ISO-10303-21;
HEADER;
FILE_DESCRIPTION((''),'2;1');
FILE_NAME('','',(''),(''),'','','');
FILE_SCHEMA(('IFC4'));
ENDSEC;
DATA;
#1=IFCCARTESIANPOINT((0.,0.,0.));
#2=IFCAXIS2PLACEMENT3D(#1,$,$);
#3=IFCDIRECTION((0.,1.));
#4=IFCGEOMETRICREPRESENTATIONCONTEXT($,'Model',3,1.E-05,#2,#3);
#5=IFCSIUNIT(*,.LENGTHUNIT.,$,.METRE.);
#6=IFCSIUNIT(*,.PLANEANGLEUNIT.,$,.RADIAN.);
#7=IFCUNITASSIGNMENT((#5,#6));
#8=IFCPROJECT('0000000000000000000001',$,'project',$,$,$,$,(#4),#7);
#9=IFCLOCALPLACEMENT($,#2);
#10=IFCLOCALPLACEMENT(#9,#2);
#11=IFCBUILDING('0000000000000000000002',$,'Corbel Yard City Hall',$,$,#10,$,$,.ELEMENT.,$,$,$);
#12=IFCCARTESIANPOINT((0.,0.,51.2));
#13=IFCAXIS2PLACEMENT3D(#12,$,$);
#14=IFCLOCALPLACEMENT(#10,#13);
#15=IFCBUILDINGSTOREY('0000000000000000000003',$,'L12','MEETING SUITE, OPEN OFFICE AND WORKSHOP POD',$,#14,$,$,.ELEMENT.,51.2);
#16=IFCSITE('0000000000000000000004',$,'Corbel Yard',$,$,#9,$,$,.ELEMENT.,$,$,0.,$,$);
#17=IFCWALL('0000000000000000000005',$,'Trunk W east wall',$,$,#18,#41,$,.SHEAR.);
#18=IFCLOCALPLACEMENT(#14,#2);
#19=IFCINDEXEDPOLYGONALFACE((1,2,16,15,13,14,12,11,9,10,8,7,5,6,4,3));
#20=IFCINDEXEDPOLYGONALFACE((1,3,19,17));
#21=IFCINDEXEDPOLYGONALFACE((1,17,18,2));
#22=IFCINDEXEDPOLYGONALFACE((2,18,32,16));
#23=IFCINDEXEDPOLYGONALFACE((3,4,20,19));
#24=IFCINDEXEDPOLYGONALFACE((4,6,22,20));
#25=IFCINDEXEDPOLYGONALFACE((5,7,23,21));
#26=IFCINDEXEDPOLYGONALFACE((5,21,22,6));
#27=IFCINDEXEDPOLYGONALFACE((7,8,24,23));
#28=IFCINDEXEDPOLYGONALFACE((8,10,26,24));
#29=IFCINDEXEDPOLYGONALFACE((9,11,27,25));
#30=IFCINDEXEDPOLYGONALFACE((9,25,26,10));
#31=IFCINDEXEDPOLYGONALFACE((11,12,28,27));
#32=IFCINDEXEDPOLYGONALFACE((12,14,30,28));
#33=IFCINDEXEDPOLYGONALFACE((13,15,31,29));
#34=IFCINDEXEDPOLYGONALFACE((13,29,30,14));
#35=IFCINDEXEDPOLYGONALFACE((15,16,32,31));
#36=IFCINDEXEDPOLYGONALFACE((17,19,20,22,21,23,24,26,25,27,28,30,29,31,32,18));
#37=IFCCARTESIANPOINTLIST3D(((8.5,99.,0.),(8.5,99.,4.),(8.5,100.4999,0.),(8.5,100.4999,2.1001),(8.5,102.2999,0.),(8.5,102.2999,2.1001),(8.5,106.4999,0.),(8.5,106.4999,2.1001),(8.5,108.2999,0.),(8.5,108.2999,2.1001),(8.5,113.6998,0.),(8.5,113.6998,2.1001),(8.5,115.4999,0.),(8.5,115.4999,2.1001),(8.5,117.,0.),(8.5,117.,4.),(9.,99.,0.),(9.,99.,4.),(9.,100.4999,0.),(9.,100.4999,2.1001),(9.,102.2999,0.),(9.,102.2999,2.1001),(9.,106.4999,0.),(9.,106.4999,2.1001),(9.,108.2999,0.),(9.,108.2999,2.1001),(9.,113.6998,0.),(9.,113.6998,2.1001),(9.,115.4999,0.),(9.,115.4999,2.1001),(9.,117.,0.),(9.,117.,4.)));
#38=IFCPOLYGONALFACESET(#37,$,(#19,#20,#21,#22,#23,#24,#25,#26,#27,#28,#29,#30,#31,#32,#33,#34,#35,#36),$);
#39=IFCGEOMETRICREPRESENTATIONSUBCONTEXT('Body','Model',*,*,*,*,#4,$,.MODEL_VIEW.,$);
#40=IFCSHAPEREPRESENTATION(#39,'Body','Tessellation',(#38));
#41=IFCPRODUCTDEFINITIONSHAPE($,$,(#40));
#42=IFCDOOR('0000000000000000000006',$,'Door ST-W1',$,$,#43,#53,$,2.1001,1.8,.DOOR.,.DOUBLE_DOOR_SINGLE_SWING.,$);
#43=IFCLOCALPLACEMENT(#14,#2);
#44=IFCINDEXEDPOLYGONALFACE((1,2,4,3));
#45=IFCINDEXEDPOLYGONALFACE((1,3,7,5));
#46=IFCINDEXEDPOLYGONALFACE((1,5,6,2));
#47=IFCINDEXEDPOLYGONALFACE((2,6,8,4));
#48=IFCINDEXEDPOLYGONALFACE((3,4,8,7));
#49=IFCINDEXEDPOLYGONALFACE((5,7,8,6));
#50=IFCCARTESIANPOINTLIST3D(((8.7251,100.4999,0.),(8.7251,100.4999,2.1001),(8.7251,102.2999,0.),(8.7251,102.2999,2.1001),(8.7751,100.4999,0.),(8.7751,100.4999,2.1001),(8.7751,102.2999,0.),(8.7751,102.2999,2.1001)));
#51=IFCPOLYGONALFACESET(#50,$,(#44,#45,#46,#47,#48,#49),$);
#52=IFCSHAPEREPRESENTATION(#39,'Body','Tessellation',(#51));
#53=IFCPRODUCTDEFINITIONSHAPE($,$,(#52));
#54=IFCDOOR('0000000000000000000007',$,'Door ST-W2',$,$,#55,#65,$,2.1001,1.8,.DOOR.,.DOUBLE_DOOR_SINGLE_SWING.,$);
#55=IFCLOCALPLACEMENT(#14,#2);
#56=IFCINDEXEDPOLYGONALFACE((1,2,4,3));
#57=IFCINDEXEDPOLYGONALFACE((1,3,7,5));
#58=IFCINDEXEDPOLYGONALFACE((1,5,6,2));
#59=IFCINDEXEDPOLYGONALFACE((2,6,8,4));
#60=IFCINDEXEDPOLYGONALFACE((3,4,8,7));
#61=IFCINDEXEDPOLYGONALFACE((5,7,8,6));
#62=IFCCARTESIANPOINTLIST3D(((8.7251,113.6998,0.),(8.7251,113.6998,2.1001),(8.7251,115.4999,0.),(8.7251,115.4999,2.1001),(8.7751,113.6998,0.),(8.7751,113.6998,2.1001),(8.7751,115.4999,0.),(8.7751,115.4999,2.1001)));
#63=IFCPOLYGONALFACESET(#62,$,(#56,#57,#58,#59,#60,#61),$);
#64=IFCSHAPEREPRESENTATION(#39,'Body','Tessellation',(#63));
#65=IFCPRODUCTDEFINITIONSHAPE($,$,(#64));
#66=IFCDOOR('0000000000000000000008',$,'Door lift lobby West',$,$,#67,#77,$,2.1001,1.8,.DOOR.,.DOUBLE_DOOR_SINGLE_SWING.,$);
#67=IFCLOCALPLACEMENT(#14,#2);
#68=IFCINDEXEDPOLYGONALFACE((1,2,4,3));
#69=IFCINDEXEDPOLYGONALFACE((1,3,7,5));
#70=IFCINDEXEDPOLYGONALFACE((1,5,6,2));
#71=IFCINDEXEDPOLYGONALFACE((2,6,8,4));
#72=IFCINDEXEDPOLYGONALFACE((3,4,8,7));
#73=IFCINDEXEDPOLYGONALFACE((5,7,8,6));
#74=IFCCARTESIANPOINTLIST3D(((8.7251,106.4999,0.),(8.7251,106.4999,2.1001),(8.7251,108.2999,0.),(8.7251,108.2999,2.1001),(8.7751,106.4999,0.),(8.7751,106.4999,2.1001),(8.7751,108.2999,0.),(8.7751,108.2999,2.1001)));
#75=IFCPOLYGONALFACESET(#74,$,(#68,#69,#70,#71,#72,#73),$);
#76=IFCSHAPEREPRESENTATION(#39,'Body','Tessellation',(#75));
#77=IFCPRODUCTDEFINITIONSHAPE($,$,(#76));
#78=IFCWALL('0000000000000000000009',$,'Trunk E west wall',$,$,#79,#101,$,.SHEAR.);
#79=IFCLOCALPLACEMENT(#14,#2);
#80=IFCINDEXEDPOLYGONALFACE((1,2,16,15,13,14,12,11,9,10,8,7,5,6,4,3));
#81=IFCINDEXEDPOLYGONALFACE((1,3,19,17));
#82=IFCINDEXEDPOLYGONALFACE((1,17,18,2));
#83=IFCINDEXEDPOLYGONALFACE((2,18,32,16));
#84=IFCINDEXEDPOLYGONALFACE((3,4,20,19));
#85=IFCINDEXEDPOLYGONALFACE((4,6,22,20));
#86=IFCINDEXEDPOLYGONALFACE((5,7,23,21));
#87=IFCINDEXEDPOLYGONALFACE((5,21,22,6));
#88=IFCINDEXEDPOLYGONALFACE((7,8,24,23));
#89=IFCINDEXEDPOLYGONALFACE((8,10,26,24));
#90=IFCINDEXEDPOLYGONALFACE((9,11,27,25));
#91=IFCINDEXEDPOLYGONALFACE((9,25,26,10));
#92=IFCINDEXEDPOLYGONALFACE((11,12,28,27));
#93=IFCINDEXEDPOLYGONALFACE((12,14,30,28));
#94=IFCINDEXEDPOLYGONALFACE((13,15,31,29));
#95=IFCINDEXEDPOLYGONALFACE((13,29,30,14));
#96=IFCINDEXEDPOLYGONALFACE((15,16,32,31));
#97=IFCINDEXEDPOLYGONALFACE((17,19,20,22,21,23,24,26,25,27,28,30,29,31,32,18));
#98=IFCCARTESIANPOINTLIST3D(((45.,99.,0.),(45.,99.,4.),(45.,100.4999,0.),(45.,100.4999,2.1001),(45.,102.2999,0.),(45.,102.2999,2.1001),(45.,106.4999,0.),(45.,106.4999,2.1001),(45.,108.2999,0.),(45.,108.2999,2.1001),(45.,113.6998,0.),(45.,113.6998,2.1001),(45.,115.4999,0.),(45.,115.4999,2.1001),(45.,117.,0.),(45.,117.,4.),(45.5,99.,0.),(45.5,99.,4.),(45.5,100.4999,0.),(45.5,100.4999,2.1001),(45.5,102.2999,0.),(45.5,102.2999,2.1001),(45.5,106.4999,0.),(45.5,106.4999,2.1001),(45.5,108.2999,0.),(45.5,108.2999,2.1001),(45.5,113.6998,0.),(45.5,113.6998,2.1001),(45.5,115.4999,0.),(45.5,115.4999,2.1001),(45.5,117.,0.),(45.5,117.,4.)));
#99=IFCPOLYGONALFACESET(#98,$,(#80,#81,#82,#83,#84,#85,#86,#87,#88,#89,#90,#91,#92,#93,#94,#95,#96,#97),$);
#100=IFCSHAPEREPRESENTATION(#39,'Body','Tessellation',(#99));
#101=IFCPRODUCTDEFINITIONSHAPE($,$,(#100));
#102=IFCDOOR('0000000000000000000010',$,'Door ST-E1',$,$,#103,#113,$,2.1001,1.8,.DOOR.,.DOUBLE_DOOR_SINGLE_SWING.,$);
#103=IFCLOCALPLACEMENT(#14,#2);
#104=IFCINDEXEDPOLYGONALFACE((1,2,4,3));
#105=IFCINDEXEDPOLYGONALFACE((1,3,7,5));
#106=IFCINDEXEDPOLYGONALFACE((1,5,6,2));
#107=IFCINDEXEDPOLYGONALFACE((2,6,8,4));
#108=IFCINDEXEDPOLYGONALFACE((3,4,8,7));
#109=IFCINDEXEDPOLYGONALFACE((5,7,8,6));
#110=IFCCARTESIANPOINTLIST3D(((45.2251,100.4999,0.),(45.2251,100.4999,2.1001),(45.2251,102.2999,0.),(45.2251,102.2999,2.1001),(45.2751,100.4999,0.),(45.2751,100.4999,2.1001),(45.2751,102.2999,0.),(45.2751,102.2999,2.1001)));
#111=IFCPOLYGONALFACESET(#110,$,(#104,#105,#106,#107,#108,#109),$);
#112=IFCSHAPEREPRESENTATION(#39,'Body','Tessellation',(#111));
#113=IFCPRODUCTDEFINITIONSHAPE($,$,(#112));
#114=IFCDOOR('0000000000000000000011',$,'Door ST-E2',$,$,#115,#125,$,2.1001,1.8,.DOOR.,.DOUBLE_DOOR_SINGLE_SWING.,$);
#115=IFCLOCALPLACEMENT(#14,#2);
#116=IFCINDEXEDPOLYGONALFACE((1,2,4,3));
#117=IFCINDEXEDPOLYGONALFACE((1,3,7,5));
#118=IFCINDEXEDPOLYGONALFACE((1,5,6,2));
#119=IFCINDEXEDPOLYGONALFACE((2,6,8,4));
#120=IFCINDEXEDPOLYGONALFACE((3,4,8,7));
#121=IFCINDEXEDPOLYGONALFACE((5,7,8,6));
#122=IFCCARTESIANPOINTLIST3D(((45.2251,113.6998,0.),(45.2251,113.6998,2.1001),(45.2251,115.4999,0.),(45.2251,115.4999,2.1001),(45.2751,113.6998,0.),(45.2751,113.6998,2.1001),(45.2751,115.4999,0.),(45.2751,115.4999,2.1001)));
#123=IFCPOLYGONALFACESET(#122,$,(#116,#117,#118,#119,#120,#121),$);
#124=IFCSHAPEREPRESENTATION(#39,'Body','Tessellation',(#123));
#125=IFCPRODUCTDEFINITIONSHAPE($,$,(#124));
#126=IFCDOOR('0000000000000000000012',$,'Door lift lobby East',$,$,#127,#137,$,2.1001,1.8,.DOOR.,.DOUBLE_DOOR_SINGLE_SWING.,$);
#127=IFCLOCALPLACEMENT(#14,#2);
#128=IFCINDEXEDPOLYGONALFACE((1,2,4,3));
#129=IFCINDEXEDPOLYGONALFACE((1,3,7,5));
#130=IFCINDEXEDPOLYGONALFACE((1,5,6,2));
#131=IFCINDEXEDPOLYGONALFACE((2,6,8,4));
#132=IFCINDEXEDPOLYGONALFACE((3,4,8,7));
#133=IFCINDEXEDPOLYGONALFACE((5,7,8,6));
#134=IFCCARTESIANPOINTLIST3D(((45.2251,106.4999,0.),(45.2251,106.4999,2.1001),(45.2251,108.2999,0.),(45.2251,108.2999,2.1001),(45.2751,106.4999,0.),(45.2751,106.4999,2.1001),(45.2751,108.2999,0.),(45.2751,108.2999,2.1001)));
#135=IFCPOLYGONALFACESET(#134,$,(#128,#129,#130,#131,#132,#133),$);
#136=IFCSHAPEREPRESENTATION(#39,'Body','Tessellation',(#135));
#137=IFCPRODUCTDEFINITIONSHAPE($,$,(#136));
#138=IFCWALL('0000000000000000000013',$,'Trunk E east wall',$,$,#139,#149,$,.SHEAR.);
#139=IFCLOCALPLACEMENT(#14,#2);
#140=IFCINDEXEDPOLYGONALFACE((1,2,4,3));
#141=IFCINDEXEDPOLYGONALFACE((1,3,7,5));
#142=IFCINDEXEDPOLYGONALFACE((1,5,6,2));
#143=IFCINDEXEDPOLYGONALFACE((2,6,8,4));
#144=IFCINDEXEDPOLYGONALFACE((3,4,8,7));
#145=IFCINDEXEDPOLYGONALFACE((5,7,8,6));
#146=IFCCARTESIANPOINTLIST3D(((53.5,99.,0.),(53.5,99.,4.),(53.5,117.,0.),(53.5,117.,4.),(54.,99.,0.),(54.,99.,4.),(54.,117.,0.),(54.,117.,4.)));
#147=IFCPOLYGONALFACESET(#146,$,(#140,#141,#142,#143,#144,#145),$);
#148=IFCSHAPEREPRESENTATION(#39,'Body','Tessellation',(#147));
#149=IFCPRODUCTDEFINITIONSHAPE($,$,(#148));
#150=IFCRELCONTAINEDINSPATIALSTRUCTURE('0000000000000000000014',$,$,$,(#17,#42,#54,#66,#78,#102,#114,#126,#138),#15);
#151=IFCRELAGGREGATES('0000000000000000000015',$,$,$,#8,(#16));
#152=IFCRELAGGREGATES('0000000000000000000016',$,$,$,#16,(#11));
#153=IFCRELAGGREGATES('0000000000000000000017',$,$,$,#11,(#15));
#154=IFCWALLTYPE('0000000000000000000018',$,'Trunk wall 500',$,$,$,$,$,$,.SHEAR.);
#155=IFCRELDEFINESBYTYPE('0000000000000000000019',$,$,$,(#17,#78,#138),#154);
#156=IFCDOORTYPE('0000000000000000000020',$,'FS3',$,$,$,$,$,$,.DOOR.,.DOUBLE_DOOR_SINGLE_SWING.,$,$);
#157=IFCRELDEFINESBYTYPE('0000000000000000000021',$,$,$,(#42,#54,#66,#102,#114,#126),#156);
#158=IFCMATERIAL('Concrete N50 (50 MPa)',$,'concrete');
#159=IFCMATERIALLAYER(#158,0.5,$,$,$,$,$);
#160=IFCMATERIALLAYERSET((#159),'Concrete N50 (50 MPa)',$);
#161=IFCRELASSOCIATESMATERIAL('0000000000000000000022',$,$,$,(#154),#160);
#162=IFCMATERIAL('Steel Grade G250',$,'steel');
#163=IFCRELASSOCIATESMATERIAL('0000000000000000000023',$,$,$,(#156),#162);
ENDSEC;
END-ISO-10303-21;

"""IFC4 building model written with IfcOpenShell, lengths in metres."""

from ifc_helpers import new_model, si_unit, direction, frame, frame_2d, origin, place, context, subcontext, project, spatial, rectangle, extrude, material, layer, layer_set, type_object, element, fill, save


model = new_model("IFC4")

# Units and contexts
model_context = context("Model", 3, precision=1e-05, world=origin(), true_north=direction((0.0, 1.0)))
body_context = subcontext(model_context, "Body", "Model", "MODEL_VIEW")
ifc_project = project(units=[si_unit("LENGTHUNIT", "METRE"), si_unit("PLANEANGLEUNIT", "RADIAN")], contexts=[model_context])

# Site, building, storey
site_placement = place(None, origin())
site = spatial("IfcSite", under=ifc_project, at=site_placement, Name="Corbel Yard", CompositionType="ELEMENT", RefElevation=0.0)
building_placement = place(site_placement, origin())
building = spatial("IfcBuilding", under=site, at=building_placement, Name="Corbel Yard City Hall", CompositionType="ELEMENT")
storey_placement = place(building_placement, frame((0.0, 0.0, 51.2)))
storey = spatial("IfcBuildingStorey", under=building, at=storey_placement, Name="L12", Description="MEETING SUITE, OPEN OFFICE AND WORKSHOP POD", CompositionType="ELEMENT", Elevation=51.2)

# Shared definitions
ifc_material_1 = material(Name="Concrete N50 (50 MPa)", Category="concrete")
ifc_layer_1 = layer(ifc_material_1, 0.5)
ifc_layer_set_1 = layer_set([ifc_layer_1], Name="Concrete N50 (50 MPa)")
wall_type_1 = type_object("IfcWallType", Name="Trunk wall 500", PredefinedType="SHEAR", material=ifc_layer_set_1)

# Walls, openings, doors
wall_1_placement = place(storey_placement, frame((8.75, 99.0, 0.0), z_axis=(0.0, 0.0, 1.0), x_axis=(0.0, 1.0, 0.0)))
wall_1 = element("IfcWall", 1, at=wall_1_placement, inside=storey, type_object=wall_type_1, Name="Trunk W east wall", PredefinedType="SHEAR", context=body_context, shape_type="SweptSolid", body=[
    extrude(rectangle(XDim=18.0, YDim=0.5, at=frame_2d((9.0, 0.0))), origin(), (0.0, 0.0, 1.0), 4.0),
])
opening_1_placement = place(wall_1_placement, frame((1.5, 0.0, 0.0)))
opening_1 = element("IfcOpeningElement", 2, at=opening_1_placement, cuts=wall_1, PredefinedType="OPENING", context=body_context, shape_type="SweptSolid", body=[
    extrude(rectangle(XDim=1.8, YDim=2.1001, at=frame_2d((0.8999, 1.05))), frame((0.0, 0.26, 0.0), z_axis=(0.0, -1.0, 0.0), x_axis=(1.0, 0.0, 0.0)), (0.0, 0.0, 1.0), 0.52),
])
opening_2_placement = place(wall_1_placement, frame((14.7, 0.0, 0.0)))
opening_2 = element("IfcOpeningElement", 3, at=opening_2_placement, cuts=wall_1, PredefinedType="OPENING", context=body_context, shape_type="SweptSolid", body=[
    extrude(rectangle(XDim=1.8, YDim=2.1001, at=frame_2d((0.8999, 1.05))), frame((0.0, 0.26, 0.0), z_axis=(0.0, -1.0, 0.0), x_axis=(1.0, 0.0, 0.0)), (0.0, 0.0, 1.0), 0.52),
])
opening_3_placement = place(wall_1_placement, frame((7.5, 0.0, 0.0)))
opening_3 = element("IfcOpeningElement", 4, at=opening_3_placement, cuts=wall_1, PredefinedType="OPENING", context=body_context, shape_type="SweptSolid", body=[
    extrude(rectangle(XDim=1.8, YDim=2.1001, at=frame_2d((0.8999, 1.05))), frame((0.0, 0.26, 0.0), z_axis=(0.0, -1.0, 0.0), x_axis=(1.0, 0.0, 0.0)), (0.0, 0.0, 1.0), 0.52),
])
ifc_material_2 = material(Name="Steel Grade G250", Category="steel")
door_type_1 = type_object("IfcDoorType", Name="FS3", OperationType="DOUBLE_DOOR_SINGLE_SWING", PredefinedType="DOOR", material=ifc_material_2)
door_1_placement = place(opening_1_placement, origin())
door_1 = element("IfcDoor", 5, at=door_1_placement, inside=storey, type_object=door_type_1, Name="Door ST-W1", OperationType="DOUBLE_DOOR_SINGLE_SWING", OverallHeight=2.1001, OverallWidth=1.8, PredefinedType="DOOR", context=body_context, shape_type="SweptSolid", body=[
    extrude(rectangle(XDim=1.8, YDim=2.1001, at=frame_2d((0.8999, 1.05))), frame((0.0, 0.0249, 0.0), z_axis=(0.0, -1.0, 0.0), x_axis=(1.0, 0.0, 0.0)), (0.0, 0.0, 1.0), 0.05),
])
fill(opening_1, door_1)
door_2_placement = place(opening_2_placement, origin())
door_2 = element("IfcDoor", 6, at=door_2_placement, inside=storey, type_object=door_type_1, Name="Door ST-W2", OperationType="DOUBLE_DOOR_SINGLE_SWING", OverallHeight=2.1001, OverallWidth=1.8, PredefinedType="DOOR", context=body_context, shape_type="SweptSolid", body=[
    extrude(rectangle(XDim=1.8, YDim=2.1001, at=frame_2d((0.8999, 1.05))), frame((0.0, 0.0249, 0.0), z_axis=(0.0, -1.0, 0.0), x_axis=(1.0, 0.0, 0.0)), (0.0, 0.0, 1.0), 0.05),
])
fill(opening_2, door_2)
door_3_placement = place(opening_3_placement, origin())
door_3 = element("IfcDoor", 7, at=door_3_placement, inside=storey, type_object=door_type_1, Name="Door lift lobby West", OperationType="DOUBLE_DOOR_SINGLE_SWING", OverallHeight=2.1001, OverallWidth=1.8, PredefinedType="DOOR", context=body_context, shape_type="SweptSolid", body=[
    extrude(rectangle(XDim=1.8, YDim=2.1001, at=frame_2d((0.8999, 1.05))), frame((0.0, 0.0249, 0.0), z_axis=(0.0, -1.0, 0.0), x_axis=(1.0, 0.0, 0.0)), (0.0, 0.0, 1.0), 0.05),
])
fill(opening_3, door_3)
wall_2_placement = place(storey_placement, frame((45.25, 99.0, 0.0), z_axis=(0.0, 0.0, 1.0), x_axis=(0.0, 1.0, 0.0)))
wall_2 = element("IfcWall", 8, at=wall_2_placement, inside=storey, type_object=wall_type_1, Name="Trunk E west wall", PredefinedType="SHEAR", context=body_context, shape_type="SweptSolid", body=[
    extrude(rectangle(XDim=18.0, YDim=0.5, at=frame_2d((9.0, 0.0))), origin(), (0.0, 0.0, 1.0), 4.0),
])
opening_4_placement = place(wall_2_placement, frame((1.5, 0.0, 0.0)))
opening_4 = element("IfcOpeningElement", 9, at=opening_4_placement, cuts=wall_2, PredefinedType="OPENING", context=body_context, shape_type="SweptSolid", body=[
    extrude(rectangle(XDim=1.8, YDim=2.1001, at=frame_2d((0.8999, 1.05))), frame((0.0, 0.26, 0.0), z_axis=(0.0, -1.0, 0.0), x_axis=(1.0, 0.0, 0.0)), (0.0, 0.0, 1.0), 0.52),
])
opening_5_placement = place(wall_2_placement, frame((14.7, 0.0, 0.0)))
opening_5 = element("IfcOpeningElement", 10, at=opening_5_placement, cuts=wall_2, PredefinedType="OPENING", context=body_context, shape_type="SweptSolid", body=[
    extrude(rectangle(XDim=1.8, YDim=2.1001, at=frame_2d((0.8999, 1.05))), frame((0.0, 0.26, 0.0), z_axis=(0.0, -1.0, 0.0), x_axis=(1.0, 0.0, 0.0)), (0.0, 0.0, 1.0), 0.52),
])
opening_6_placement = place(wall_2_placement, frame((7.5, 0.0, 0.0)))
opening_6 = element("IfcOpeningElement", 11, at=opening_6_placement, cuts=wall_2, PredefinedType="OPENING", context=body_context, shape_type="SweptSolid", body=[
    extrude(rectangle(XDim=1.8, YDim=2.1001, at=frame_2d((0.8999, 1.05))), frame((0.0, 0.26, 0.0), z_axis=(0.0, -1.0, 0.0), x_axis=(1.0, 0.0, 0.0)), (0.0, 0.0, 1.0), 0.52),
])
door_4_placement = place(opening_4_placement, origin())
door_4 = element("IfcDoor", 12, at=door_4_placement, inside=storey, type_object=door_type_1, Name="Door ST-E1", OperationType="DOUBLE_DOOR_SINGLE_SWING", OverallHeight=2.1001, OverallWidth=1.8, PredefinedType="DOOR", context=body_context, shape_type="SweptSolid", body=[
    extrude(rectangle(XDim=1.8, YDim=2.1001, at=frame_2d((0.8999, 1.05))), frame((0.0, 0.0249, 0.0), z_axis=(0.0, -1.0, 0.0), x_axis=(1.0, 0.0, 0.0)), (0.0, 0.0, 1.0), 0.05),
])
fill(opening_4, door_4)
door_5_placement = place(opening_5_placement, origin())
door_5 = element("IfcDoor", 13, at=door_5_placement, inside=storey, type_object=door_type_1, Name="Door ST-E2", OperationType="DOUBLE_DOOR_SINGLE_SWING", OverallHeight=2.1001, OverallWidth=1.8, PredefinedType="DOOR", context=body_context, shape_type="SweptSolid", body=[
    extrude(rectangle(XDim=1.8, YDim=2.1001, at=frame_2d((0.8999, 1.05))), frame((0.0, 0.0249, 0.0), z_axis=(0.0, -1.0, 0.0), x_axis=(1.0, 0.0, 0.0)), (0.0, 0.0, 1.0), 0.05),
])
fill(opening_5, door_5)
door_6_placement = place(opening_6_placement, origin())
door_6 = element("IfcDoor", 14, at=door_6_placement, inside=storey, type_object=door_type_1, Name="Door lift lobby East", OperationType="DOUBLE_DOOR_SINGLE_SWING", OverallHeight=2.1001, OverallWidth=1.8, PredefinedType="DOOR", context=body_context, shape_type="SweptSolid", body=[
    extrude(rectangle(XDim=1.8, YDim=2.1001, at=frame_2d((0.8999, 1.05))), frame((0.0, 0.0249, 0.0), z_axis=(0.0, -1.0, 0.0), x_axis=(1.0, 0.0, 0.0)), (0.0, 0.0, 1.0), 0.05),
])
fill(opening_6, door_6)

# Wall
wall_3_placement = place(storey_placement, frame((53.75, 99.0, 0.0), z_axis=(0.0, 0.0, 1.0), x_axis=(0.0, 1.0, 0.0)))
element("IfcWall", 15, at=wall_3_placement, inside=storey, type_object=wall_type_1, Name="Trunk E east wall", PredefinedType="SHEAR", context=body_context, shape_type="SweptSolid", body=[
    extrude(rectangle(XDim=18.0, YDim=0.5, at=frame_2d((9.0, 0.0))), origin(), (0.0, 0.0, 1.0), 4.0),
])

save(model, "model.ifc")
